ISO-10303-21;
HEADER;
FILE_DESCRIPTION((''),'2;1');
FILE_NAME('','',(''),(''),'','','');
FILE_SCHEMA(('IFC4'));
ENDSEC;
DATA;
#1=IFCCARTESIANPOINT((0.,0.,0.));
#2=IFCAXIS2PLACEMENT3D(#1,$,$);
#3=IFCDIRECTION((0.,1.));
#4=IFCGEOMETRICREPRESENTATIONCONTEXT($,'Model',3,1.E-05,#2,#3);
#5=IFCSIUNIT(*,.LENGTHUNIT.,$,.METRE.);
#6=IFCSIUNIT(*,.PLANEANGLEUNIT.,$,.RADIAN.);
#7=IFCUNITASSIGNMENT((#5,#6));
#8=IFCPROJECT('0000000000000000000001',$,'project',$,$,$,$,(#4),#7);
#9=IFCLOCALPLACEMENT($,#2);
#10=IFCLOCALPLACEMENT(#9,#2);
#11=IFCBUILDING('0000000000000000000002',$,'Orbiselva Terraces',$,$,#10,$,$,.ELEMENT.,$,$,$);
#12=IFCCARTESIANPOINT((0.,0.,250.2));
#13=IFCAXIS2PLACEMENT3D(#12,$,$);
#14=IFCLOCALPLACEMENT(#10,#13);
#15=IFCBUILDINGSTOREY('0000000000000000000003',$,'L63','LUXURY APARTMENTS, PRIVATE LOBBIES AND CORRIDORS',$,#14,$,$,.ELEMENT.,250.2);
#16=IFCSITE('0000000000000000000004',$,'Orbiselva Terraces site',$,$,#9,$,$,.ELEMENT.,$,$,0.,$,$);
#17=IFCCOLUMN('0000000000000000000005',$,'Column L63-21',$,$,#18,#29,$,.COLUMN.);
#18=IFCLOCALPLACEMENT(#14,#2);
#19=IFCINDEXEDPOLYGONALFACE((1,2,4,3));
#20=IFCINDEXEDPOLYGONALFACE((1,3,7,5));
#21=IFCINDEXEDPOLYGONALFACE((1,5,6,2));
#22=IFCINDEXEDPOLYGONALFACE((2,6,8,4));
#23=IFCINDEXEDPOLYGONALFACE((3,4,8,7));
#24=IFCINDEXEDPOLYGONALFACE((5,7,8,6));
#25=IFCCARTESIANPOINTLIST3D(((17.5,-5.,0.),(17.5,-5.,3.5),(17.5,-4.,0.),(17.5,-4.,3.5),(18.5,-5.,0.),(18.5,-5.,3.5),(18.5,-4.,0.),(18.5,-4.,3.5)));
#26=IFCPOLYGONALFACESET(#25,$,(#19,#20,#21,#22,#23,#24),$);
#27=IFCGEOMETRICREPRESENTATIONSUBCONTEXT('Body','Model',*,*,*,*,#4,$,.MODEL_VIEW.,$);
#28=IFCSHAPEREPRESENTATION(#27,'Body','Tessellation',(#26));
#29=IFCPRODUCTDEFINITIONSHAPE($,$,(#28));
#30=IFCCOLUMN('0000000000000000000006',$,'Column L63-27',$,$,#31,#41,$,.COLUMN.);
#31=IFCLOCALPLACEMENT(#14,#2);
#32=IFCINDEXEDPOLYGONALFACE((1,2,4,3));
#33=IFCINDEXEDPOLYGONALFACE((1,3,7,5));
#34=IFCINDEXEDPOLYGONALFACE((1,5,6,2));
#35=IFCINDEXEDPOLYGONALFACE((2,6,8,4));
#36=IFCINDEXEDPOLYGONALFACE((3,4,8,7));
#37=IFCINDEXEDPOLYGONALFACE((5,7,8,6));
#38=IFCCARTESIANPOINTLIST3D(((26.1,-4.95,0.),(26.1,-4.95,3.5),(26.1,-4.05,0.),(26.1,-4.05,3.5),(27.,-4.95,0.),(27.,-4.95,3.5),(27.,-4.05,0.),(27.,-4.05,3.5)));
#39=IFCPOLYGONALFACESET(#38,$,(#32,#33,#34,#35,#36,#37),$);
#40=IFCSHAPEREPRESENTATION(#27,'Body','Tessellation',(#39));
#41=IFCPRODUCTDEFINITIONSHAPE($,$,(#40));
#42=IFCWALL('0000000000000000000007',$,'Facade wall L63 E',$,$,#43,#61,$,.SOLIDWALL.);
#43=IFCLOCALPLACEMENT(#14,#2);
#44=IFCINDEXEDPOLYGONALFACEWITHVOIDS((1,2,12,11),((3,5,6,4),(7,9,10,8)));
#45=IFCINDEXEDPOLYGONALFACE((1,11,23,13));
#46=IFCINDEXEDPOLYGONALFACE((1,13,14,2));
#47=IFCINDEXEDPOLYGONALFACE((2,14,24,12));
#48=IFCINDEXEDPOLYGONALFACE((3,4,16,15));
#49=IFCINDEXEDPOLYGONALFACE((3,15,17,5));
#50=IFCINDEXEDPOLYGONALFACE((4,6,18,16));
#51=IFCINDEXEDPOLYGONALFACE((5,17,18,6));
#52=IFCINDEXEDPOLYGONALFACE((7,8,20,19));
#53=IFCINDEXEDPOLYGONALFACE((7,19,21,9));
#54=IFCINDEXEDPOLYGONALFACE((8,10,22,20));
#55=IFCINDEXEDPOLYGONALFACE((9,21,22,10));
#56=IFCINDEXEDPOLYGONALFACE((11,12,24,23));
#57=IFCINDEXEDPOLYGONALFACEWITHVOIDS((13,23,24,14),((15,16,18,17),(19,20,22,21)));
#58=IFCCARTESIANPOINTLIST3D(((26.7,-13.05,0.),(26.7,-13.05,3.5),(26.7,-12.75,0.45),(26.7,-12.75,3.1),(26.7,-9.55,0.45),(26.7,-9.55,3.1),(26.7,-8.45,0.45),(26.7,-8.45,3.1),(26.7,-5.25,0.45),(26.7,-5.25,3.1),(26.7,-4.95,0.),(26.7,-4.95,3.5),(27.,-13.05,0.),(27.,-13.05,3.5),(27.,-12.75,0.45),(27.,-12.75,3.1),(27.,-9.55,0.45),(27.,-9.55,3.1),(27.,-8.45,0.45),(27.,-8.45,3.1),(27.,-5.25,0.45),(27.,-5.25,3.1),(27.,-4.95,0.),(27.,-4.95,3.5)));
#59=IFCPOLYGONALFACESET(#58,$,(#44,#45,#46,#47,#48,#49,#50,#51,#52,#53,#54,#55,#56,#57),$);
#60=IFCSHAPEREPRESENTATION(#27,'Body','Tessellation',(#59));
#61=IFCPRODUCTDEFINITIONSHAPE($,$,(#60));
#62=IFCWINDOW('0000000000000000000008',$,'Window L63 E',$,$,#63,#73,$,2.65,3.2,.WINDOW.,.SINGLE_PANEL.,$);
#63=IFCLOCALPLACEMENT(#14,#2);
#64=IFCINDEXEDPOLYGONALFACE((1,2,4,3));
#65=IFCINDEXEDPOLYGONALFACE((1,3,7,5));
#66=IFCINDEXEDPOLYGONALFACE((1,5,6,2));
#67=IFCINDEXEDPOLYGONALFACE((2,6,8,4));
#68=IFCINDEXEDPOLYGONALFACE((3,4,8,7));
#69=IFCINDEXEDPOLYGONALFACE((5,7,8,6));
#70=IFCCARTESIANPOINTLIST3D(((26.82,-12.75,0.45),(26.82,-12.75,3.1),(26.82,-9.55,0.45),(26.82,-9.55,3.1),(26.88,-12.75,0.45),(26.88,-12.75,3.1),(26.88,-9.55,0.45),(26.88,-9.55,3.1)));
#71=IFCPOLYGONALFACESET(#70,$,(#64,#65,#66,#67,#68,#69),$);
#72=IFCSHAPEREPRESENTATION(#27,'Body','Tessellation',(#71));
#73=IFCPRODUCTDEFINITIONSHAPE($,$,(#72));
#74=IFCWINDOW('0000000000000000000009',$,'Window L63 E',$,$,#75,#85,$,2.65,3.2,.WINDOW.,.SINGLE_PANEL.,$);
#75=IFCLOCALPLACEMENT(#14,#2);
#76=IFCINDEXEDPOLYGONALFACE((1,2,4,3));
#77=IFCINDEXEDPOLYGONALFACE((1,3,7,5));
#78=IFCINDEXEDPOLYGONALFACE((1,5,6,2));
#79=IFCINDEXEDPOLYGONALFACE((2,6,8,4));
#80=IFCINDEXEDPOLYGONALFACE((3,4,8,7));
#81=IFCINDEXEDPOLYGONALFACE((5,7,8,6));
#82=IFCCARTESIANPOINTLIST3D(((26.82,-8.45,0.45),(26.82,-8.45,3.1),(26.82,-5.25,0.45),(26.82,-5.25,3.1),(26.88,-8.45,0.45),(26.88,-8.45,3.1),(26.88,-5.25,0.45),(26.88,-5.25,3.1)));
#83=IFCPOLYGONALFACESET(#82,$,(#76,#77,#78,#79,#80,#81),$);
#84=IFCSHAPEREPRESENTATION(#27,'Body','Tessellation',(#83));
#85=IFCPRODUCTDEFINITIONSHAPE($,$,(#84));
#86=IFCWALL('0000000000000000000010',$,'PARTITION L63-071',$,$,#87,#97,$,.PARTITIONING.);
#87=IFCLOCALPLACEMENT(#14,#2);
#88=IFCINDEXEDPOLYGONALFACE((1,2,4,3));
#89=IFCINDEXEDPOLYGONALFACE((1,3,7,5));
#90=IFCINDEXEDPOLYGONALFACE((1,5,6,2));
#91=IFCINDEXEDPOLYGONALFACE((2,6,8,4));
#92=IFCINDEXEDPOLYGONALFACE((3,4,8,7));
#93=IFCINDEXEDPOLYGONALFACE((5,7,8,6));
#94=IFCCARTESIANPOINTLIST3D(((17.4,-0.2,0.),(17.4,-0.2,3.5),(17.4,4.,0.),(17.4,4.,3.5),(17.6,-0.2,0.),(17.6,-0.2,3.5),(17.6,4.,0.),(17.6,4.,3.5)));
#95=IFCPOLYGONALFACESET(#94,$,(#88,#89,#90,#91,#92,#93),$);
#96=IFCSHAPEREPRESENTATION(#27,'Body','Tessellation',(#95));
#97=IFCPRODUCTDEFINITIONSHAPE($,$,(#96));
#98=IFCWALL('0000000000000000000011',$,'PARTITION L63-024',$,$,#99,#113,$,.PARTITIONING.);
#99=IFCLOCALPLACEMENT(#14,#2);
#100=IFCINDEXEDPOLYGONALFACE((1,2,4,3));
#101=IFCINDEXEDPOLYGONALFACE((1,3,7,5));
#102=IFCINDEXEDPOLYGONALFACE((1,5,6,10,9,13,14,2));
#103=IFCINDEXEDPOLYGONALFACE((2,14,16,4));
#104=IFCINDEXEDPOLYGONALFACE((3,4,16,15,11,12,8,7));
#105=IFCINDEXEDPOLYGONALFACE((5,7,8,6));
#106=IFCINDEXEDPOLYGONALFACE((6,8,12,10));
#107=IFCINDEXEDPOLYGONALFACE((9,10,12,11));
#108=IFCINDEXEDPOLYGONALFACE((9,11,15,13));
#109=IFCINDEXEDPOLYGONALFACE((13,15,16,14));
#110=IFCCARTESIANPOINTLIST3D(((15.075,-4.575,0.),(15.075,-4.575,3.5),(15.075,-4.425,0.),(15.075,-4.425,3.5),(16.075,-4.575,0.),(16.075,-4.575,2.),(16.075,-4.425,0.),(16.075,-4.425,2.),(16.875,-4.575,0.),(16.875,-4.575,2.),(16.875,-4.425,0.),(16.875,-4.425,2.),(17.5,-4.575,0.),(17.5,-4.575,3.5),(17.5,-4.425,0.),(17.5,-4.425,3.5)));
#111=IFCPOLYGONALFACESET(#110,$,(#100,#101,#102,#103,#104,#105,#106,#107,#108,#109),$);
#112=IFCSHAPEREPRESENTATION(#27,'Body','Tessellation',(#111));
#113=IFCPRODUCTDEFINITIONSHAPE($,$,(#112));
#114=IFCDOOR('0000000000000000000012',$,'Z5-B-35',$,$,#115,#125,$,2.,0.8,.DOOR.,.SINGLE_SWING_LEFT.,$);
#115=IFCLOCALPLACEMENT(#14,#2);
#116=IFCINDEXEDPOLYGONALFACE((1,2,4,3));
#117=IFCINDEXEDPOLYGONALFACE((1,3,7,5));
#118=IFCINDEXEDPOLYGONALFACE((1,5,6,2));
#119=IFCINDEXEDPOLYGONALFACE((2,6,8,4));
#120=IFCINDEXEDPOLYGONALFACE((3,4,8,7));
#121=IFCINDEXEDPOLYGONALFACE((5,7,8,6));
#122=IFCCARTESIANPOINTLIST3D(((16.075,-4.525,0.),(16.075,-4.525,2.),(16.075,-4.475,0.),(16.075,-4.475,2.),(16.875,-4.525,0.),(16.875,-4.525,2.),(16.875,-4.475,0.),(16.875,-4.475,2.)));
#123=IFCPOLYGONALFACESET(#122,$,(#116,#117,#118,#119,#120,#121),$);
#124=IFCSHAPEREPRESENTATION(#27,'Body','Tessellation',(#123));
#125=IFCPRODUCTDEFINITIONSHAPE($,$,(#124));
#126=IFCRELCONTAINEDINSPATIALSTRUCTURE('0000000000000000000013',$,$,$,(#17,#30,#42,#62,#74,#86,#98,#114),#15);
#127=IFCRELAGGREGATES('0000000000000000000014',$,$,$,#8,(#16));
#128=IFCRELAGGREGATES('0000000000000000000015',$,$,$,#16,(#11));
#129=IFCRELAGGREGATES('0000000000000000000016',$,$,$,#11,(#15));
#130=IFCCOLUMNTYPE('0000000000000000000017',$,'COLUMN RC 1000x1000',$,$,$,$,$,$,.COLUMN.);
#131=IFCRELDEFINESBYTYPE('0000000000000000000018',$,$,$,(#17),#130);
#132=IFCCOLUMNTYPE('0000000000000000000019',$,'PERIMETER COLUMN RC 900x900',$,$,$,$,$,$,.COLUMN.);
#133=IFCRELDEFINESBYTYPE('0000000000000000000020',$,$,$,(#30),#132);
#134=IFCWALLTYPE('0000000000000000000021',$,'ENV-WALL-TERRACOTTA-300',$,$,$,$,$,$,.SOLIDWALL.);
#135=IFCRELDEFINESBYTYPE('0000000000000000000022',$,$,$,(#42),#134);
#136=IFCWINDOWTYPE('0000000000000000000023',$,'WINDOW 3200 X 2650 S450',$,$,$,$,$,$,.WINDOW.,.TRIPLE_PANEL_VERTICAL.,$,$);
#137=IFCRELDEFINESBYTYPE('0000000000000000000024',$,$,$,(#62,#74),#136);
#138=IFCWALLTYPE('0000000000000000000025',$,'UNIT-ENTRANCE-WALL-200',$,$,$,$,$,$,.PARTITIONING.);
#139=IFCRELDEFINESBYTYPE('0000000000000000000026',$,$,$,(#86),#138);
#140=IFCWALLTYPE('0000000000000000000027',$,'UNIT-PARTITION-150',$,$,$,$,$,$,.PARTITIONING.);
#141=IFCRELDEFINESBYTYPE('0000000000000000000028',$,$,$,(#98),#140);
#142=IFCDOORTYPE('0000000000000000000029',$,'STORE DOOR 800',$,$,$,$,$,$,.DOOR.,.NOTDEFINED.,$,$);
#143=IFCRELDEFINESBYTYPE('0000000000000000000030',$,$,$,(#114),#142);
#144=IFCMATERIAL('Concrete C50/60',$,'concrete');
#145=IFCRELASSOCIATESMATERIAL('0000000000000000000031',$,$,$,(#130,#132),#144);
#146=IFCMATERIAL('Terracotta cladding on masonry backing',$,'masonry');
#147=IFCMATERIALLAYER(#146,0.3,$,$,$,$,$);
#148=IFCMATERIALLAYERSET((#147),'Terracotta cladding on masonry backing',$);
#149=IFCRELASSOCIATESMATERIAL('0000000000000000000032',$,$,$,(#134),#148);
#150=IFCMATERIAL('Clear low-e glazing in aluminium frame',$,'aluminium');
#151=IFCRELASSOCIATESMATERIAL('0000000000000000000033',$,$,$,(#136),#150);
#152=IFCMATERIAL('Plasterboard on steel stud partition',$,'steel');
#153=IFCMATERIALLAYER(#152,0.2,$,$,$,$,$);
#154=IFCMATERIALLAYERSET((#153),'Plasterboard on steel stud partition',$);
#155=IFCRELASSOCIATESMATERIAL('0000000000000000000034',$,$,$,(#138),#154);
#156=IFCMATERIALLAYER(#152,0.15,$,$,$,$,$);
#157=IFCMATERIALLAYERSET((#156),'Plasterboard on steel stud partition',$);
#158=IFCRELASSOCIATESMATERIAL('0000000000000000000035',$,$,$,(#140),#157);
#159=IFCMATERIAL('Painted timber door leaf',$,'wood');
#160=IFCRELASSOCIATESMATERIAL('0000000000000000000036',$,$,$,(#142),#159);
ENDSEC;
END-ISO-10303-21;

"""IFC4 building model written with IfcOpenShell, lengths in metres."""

from ifc_helpers import new_model, si_unit, direction, frame, frame_2d, origin, origin_2d, place, context, subcontext, project, spatial, rectangle, extrude, material, layer, layer_set, material_profile, profile_set, type_object, element, fill, save


model = new_model("IFC4")

# Units and contexts
model_context = context("Model", 3, precision=1e-05, world=origin(), true_north=direction((0.0, 1.0)))
body_context = subcontext(model_context, "Body", "Model", "MODEL_VIEW")
ifc_project = project(units=[si_unit("LENGTHUNIT", "METRE"), si_unit("PLANEANGLEUNIT", "RADIAN")], contexts=[model_context])

# Site, building, storey
site_placement = place(None, origin())
site = spatial("IfcSite", under=ifc_project, at=site_placement, Name="Orbiselva Terraces site", CompositionType="ELEMENT", RefElevation=0.0)
building_placement = place(site_placement, origin())
building = spatial("IfcBuilding", under=site, at=building_placement, Name="Orbiselva Terraces", CompositionType="ELEMENT")
storey_placement = place(building_placement, frame((0.0, 0.0, 250.2)))
storey = spatial("IfcBuildingStorey", under=building, at=storey_placement, Name="L63", Description="LUXURY APARTMENTS, PRIVATE LOBBIES AND CORRIDORS", CompositionType="ELEMENT", Elevation=250.2)

# Columns
ifc_material_1 = material(Name="Concrete C50/60", Category="concrete")
ifc_material_profile_1 = material_profile(ifc_material_1, rectangle(XDim=1.0, YDim=1.0, at=origin_2d()), Name="RC 1000x1000")
ifc_profile_set_1 = profile_set([ifc_material_profile_1], Name="Concrete C50/60")
column_type_1 = type_object("IfcColumnType", Name="COLUMN RC 1000x1000", PredefinedType="COLUMN", material=ifc_profile_set_1)
column_1_placement = place(storey_placement, frame((18.0, -4.5, 0.0), z_axis=(0.0, 0.0, 1.0), x_axis=(1.0, 0.0, 0.0)))
element("IfcColumn", 1, at=column_1_placement, inside=storey, type_object=column_type_1, Name="Column L63-21", PredefinedType="COLUMN", context=body_context, shape_type="SweptSolid", body=[
    extrude(rectangle(XDim=1.0, YDim=1.0, at=origin_2d()), origin(), (0.0, 0.0, 1.0), 3.5),
])
ifc_material_profile_2 = material_profile(ifc_material_1, rectangle(XDim=0.9, YDim=0.9, at=origin_2d()), Name="RC 900x900")
ifc_profile_set_2 = profile_set([ifc_material_profile_2], Name="Concrete C50/60")
column_type_2 = type_object("IfcColumnType", Name="PERIMETER COLUMN RC 900x900", PredefinedType="COLUMN", material=ifc_profile_set_2)
column_2_placement = place(storey_placement, frame((26.55, -4.5, 0.0), z_axis=(0.0, 0.0, 1.0), x_axis=(1.0, 0.0, 0.0)))
element("IfcColumn", 2, at=column_2_placement, inside=storey, type_object=column_type_2, Name="Column L63-27", PredefinedType="COLUMN", context=body_context, shape_type="SweptSolid", body=[
    extrude(rectangle(XDim=0.9, YDim=0.9, at=origin_2d()), origin(), (0.0, 0.0, 1.0), 3.5),
])

# Wall, openings, windows
ifc_material_2 = material(Name="Terracotta cladding on masonry backing", Category="masonry")
ifc_layer_1 = layer(ifc_material_2, 0.3)
ifc_layer_set_1 = layer_set([ifc_layer_1], Name="Terracotta cladding on masonry backing")
wall_type_1 = type_object("IfcWallType", Name="ENV-WALL-TERRACOTTA-300", PredefinedType="SOLIDWALL", material=ifc_layer_set_1)
wall_1_placement = place(storey_placement, frame((26.85, -4.95, 0.0), z_axis=(0.0, 0.0, 1.0), x_axis=(0.0, -1.0, 0.0)))
wall_1 = element("IfcWall", 3, at=wall_1_placement, inside=storey, type_object=wall_type_1, Name="Facade wall L63 E", PredefinedType="SOLIDWALL", context=body_context, shape_type="SweptSolid", body=[
    extrude(rectangle(XDim=8.1, YDim=0.3, at=frame_2d((4.05, 0.0))), origin(), (0.0, 0.0, 1.0), 3.5),
])
opening_1_placement = place(wall_1_placement, frame((4.6, 0.0, 0.45)))
opening_1 = element("IfcOpeningElement", 4, at=opening_1_placement, cuts=wall_1, PredefinedType="OPENING", context=body_context, shape_type="SweptSolid", body=[
    extrude(rectangle(XDim=3.2, YDim=2.65, at=frame_2d((1.6, 1.325))), frame((0.0, 0.16, 0.0), z_axis=(0.0, -1.0, 0.0), x_axis=(1.0, 0.0, 0.0)), (0.0, 0.0, 1.0), 0.32),
])
opening_2_placement = place(wall_1_placement, frame((0.3, 0.0, 0.45)))
opening_2 = element("IfcOpeningElement", 5, at=opening_2_placement, cuts=wall_1, PredefinedType="OPENING", context=body_context, shape_type="SweptSolid", body=[
    extrude(rectangle(XDim=3.2, YDim=2.65, at=frame_2d((1.6, 1.325))), frame((0.0, 0.16, 0.0), z_axis=(0.0, -1.0, 0.0), x_axis=(1.0, 0.0, 0.0)), (0.0, 0.0, 1.0), 0.32),
])
ifc_material_3 = material(Name="Clear low-e glazing in aluminium frame", Category="aluminium")
window_type = type_object("IfcWindowType", Name="WINDOW 3200 X 2650 S450", PartitioningType="TRIPLE_PANEL_VERTICAL", PredefinedType="WINDOW", material=ifc_material_3)
window_1_placement = place(opening_1_placement, origin())
window_1 = element("IfcWindow", 6, at=window_1_placement, inside=storey, type_object=window_type, Name="Window L63 E", OverallHeight=2.65, OverallWidth=3.2, PartitioningType="SINGLE_PANEL", PredefinedType="WINDOW", context=body_context, shape_type="SweptSolid", body=[
    extrude(rectangle(XDim=3.2, YDim=2.65, at=frame_2d((1.6, 1.325))), frame((0.0, 0.03, 0.0), z_axis=(0.0, -1.0, 0.0), x_axis=(1.0, 0.0, 0.0)), (0.0, 0.0, 1.0), 0.06),
])
fill(opening_1, window_1)
window_2_placement = place(opening_2_placement, origin())
window_2 = element("IfcWindow", 7, at=window_2_placement, inside=storey, type_object=window_type, Name="Window L63 E", OverallHeight=2.65, OverallWidth=3.2, PartitioningType="SINGLE_PANEL", PredefinedType="WINDOW", context=body_context, shape_type="SweptSolid", body=[
    extrude(rectangle(XDim=3.2, YDim=2.65, at=frame_2d((1.6, 1.325))), frame((0.0, 0.03, 0.0), z_axis=(0.0, -1.0, 0.0), x_axis=(1.0, 0.0, 0.0)), (0.0, 0.0, 1.0), 0.06),
])
fill(opening_2, window_2)

# Wall
ifc_material_4 = material(Name="Plasterboard on steel stud partition", Category="steel")
ifc_layer_2 = layer(ifc_material_4, 0.2)
ifc_layer_set_2 = layer_set([ifc_layer_2], Name="Plasterboard on steel stud partition")
wall_type_2 = type_object("IfcWallType", Name="UNIT-ENTRANCE-WALL-200", PredefinedType="PARTITIONING", material=ifc_layer_set_2)
wall_2_placement = place(storey_placement, frame((17.5, -0.2, 0.0), z_axis=(0.0, 0.0, 1.0), x_axis=(0.0, 1.0, 0.0)))
element("IfcWall", 8, at=wall_2_placement, inside=storey, type_object=wall_type_2, Name="PARTITION L63-071", PredefinedType="PARTITIONING", context=body_context, shape_type="SweptSolid", body=[
    extrude(rectangle(XDim=4.2, YDim=0.2, at=frame_2d((2.1, 0.0))), origin(), (0.0, 0.0, 1.0), 3.5),
])

# Wall, opening, door
ifc_layer_3 = layer(ifc_material_4, 0.15)
ifc_layer_set_3 = layer_set([ifc_layer_3], Name="Plasterboard on steel stud partition")
wall_type_3 = type_object("IfcWallType", Name="UNIT-PARTITION-150", PredefinedType="PARTITIONING", material=ifc_layer_set_3)
wall_3_placement = place(storey_placement, frame((17.5, -4.5, 0.0), z_axis=(0.0, 0.0, 1.0), x_axis=(-1.0, 0.0, 0.0)))
wall_3 = element("IfcWall", 9, at=wall_3_placement, inside=storey, type_object=wall_type_3, Name="PARTITION L63-024", PredefinedType="PARTITIONING", context=body_context, shape_type="SweptSolid", body=[
    extrude(rectangle(XDim=2.425, YDim=0.15, at=frame_2d((1.2125, 0.0))), origin(), (0.0, 0.0, 1.0), 3.5),
])
opening_3_placement = place(wall_3_placement, frame((0.625, 0.0, 0.0)))
opening_3 = element("IfcOpeningElement", 10, at=opening_3_placement, cuts=wall_3, PredefinedType="OPENING", context=body_context, shape_type="SweptSolid", body=[
    extrude(rectangle(XDim=0.8, YDim=2.0, at=frame_2d((0.4, 1.0))), frame((0.0, 0.085, 0.0), z_axis=(0.0, -1.0, 0.0), x_axis=(1.0, 0.0, 0.0)), (0.0, 0.0, 1.0), 0.17),
])
ifc_material_5 = material(Name="Painted timber door leaf", Category="wood")
door_type_1 = type_object("IfcDoorType", Name="STORE DOOR 800", OperationType="NOTDEFINED", PredefinedType="DOOR", material=ifc_material_5)
door_1_placement = place(opening_3_placement, origin())
door_1 = element("IfcDoor", 11, at=door_1_placement, inside=storey, type_object=door_type_1, Name="Z5-B-35", OperationType="SINGLE_SWING_LEFT", OverallHeight=2.0, OverallWidth=0.8, PredefinedType="DOOR", context=body_context, shape_type="SweptSolid", body=[
    extrude(rectangle(XDim=0.8, YDim=2.0, at=frame_2d((0.4, 1.0))), frame((0.0, 0.025, 0.0), z_axis=(0.0, -1.0, 0.0), x_axis=(1.0, 0.0, 0.0)), (0.0, 0.0, 1.0), 0.05),
])
fill(opening_3, door_1)

save(model, "model.ifc")
